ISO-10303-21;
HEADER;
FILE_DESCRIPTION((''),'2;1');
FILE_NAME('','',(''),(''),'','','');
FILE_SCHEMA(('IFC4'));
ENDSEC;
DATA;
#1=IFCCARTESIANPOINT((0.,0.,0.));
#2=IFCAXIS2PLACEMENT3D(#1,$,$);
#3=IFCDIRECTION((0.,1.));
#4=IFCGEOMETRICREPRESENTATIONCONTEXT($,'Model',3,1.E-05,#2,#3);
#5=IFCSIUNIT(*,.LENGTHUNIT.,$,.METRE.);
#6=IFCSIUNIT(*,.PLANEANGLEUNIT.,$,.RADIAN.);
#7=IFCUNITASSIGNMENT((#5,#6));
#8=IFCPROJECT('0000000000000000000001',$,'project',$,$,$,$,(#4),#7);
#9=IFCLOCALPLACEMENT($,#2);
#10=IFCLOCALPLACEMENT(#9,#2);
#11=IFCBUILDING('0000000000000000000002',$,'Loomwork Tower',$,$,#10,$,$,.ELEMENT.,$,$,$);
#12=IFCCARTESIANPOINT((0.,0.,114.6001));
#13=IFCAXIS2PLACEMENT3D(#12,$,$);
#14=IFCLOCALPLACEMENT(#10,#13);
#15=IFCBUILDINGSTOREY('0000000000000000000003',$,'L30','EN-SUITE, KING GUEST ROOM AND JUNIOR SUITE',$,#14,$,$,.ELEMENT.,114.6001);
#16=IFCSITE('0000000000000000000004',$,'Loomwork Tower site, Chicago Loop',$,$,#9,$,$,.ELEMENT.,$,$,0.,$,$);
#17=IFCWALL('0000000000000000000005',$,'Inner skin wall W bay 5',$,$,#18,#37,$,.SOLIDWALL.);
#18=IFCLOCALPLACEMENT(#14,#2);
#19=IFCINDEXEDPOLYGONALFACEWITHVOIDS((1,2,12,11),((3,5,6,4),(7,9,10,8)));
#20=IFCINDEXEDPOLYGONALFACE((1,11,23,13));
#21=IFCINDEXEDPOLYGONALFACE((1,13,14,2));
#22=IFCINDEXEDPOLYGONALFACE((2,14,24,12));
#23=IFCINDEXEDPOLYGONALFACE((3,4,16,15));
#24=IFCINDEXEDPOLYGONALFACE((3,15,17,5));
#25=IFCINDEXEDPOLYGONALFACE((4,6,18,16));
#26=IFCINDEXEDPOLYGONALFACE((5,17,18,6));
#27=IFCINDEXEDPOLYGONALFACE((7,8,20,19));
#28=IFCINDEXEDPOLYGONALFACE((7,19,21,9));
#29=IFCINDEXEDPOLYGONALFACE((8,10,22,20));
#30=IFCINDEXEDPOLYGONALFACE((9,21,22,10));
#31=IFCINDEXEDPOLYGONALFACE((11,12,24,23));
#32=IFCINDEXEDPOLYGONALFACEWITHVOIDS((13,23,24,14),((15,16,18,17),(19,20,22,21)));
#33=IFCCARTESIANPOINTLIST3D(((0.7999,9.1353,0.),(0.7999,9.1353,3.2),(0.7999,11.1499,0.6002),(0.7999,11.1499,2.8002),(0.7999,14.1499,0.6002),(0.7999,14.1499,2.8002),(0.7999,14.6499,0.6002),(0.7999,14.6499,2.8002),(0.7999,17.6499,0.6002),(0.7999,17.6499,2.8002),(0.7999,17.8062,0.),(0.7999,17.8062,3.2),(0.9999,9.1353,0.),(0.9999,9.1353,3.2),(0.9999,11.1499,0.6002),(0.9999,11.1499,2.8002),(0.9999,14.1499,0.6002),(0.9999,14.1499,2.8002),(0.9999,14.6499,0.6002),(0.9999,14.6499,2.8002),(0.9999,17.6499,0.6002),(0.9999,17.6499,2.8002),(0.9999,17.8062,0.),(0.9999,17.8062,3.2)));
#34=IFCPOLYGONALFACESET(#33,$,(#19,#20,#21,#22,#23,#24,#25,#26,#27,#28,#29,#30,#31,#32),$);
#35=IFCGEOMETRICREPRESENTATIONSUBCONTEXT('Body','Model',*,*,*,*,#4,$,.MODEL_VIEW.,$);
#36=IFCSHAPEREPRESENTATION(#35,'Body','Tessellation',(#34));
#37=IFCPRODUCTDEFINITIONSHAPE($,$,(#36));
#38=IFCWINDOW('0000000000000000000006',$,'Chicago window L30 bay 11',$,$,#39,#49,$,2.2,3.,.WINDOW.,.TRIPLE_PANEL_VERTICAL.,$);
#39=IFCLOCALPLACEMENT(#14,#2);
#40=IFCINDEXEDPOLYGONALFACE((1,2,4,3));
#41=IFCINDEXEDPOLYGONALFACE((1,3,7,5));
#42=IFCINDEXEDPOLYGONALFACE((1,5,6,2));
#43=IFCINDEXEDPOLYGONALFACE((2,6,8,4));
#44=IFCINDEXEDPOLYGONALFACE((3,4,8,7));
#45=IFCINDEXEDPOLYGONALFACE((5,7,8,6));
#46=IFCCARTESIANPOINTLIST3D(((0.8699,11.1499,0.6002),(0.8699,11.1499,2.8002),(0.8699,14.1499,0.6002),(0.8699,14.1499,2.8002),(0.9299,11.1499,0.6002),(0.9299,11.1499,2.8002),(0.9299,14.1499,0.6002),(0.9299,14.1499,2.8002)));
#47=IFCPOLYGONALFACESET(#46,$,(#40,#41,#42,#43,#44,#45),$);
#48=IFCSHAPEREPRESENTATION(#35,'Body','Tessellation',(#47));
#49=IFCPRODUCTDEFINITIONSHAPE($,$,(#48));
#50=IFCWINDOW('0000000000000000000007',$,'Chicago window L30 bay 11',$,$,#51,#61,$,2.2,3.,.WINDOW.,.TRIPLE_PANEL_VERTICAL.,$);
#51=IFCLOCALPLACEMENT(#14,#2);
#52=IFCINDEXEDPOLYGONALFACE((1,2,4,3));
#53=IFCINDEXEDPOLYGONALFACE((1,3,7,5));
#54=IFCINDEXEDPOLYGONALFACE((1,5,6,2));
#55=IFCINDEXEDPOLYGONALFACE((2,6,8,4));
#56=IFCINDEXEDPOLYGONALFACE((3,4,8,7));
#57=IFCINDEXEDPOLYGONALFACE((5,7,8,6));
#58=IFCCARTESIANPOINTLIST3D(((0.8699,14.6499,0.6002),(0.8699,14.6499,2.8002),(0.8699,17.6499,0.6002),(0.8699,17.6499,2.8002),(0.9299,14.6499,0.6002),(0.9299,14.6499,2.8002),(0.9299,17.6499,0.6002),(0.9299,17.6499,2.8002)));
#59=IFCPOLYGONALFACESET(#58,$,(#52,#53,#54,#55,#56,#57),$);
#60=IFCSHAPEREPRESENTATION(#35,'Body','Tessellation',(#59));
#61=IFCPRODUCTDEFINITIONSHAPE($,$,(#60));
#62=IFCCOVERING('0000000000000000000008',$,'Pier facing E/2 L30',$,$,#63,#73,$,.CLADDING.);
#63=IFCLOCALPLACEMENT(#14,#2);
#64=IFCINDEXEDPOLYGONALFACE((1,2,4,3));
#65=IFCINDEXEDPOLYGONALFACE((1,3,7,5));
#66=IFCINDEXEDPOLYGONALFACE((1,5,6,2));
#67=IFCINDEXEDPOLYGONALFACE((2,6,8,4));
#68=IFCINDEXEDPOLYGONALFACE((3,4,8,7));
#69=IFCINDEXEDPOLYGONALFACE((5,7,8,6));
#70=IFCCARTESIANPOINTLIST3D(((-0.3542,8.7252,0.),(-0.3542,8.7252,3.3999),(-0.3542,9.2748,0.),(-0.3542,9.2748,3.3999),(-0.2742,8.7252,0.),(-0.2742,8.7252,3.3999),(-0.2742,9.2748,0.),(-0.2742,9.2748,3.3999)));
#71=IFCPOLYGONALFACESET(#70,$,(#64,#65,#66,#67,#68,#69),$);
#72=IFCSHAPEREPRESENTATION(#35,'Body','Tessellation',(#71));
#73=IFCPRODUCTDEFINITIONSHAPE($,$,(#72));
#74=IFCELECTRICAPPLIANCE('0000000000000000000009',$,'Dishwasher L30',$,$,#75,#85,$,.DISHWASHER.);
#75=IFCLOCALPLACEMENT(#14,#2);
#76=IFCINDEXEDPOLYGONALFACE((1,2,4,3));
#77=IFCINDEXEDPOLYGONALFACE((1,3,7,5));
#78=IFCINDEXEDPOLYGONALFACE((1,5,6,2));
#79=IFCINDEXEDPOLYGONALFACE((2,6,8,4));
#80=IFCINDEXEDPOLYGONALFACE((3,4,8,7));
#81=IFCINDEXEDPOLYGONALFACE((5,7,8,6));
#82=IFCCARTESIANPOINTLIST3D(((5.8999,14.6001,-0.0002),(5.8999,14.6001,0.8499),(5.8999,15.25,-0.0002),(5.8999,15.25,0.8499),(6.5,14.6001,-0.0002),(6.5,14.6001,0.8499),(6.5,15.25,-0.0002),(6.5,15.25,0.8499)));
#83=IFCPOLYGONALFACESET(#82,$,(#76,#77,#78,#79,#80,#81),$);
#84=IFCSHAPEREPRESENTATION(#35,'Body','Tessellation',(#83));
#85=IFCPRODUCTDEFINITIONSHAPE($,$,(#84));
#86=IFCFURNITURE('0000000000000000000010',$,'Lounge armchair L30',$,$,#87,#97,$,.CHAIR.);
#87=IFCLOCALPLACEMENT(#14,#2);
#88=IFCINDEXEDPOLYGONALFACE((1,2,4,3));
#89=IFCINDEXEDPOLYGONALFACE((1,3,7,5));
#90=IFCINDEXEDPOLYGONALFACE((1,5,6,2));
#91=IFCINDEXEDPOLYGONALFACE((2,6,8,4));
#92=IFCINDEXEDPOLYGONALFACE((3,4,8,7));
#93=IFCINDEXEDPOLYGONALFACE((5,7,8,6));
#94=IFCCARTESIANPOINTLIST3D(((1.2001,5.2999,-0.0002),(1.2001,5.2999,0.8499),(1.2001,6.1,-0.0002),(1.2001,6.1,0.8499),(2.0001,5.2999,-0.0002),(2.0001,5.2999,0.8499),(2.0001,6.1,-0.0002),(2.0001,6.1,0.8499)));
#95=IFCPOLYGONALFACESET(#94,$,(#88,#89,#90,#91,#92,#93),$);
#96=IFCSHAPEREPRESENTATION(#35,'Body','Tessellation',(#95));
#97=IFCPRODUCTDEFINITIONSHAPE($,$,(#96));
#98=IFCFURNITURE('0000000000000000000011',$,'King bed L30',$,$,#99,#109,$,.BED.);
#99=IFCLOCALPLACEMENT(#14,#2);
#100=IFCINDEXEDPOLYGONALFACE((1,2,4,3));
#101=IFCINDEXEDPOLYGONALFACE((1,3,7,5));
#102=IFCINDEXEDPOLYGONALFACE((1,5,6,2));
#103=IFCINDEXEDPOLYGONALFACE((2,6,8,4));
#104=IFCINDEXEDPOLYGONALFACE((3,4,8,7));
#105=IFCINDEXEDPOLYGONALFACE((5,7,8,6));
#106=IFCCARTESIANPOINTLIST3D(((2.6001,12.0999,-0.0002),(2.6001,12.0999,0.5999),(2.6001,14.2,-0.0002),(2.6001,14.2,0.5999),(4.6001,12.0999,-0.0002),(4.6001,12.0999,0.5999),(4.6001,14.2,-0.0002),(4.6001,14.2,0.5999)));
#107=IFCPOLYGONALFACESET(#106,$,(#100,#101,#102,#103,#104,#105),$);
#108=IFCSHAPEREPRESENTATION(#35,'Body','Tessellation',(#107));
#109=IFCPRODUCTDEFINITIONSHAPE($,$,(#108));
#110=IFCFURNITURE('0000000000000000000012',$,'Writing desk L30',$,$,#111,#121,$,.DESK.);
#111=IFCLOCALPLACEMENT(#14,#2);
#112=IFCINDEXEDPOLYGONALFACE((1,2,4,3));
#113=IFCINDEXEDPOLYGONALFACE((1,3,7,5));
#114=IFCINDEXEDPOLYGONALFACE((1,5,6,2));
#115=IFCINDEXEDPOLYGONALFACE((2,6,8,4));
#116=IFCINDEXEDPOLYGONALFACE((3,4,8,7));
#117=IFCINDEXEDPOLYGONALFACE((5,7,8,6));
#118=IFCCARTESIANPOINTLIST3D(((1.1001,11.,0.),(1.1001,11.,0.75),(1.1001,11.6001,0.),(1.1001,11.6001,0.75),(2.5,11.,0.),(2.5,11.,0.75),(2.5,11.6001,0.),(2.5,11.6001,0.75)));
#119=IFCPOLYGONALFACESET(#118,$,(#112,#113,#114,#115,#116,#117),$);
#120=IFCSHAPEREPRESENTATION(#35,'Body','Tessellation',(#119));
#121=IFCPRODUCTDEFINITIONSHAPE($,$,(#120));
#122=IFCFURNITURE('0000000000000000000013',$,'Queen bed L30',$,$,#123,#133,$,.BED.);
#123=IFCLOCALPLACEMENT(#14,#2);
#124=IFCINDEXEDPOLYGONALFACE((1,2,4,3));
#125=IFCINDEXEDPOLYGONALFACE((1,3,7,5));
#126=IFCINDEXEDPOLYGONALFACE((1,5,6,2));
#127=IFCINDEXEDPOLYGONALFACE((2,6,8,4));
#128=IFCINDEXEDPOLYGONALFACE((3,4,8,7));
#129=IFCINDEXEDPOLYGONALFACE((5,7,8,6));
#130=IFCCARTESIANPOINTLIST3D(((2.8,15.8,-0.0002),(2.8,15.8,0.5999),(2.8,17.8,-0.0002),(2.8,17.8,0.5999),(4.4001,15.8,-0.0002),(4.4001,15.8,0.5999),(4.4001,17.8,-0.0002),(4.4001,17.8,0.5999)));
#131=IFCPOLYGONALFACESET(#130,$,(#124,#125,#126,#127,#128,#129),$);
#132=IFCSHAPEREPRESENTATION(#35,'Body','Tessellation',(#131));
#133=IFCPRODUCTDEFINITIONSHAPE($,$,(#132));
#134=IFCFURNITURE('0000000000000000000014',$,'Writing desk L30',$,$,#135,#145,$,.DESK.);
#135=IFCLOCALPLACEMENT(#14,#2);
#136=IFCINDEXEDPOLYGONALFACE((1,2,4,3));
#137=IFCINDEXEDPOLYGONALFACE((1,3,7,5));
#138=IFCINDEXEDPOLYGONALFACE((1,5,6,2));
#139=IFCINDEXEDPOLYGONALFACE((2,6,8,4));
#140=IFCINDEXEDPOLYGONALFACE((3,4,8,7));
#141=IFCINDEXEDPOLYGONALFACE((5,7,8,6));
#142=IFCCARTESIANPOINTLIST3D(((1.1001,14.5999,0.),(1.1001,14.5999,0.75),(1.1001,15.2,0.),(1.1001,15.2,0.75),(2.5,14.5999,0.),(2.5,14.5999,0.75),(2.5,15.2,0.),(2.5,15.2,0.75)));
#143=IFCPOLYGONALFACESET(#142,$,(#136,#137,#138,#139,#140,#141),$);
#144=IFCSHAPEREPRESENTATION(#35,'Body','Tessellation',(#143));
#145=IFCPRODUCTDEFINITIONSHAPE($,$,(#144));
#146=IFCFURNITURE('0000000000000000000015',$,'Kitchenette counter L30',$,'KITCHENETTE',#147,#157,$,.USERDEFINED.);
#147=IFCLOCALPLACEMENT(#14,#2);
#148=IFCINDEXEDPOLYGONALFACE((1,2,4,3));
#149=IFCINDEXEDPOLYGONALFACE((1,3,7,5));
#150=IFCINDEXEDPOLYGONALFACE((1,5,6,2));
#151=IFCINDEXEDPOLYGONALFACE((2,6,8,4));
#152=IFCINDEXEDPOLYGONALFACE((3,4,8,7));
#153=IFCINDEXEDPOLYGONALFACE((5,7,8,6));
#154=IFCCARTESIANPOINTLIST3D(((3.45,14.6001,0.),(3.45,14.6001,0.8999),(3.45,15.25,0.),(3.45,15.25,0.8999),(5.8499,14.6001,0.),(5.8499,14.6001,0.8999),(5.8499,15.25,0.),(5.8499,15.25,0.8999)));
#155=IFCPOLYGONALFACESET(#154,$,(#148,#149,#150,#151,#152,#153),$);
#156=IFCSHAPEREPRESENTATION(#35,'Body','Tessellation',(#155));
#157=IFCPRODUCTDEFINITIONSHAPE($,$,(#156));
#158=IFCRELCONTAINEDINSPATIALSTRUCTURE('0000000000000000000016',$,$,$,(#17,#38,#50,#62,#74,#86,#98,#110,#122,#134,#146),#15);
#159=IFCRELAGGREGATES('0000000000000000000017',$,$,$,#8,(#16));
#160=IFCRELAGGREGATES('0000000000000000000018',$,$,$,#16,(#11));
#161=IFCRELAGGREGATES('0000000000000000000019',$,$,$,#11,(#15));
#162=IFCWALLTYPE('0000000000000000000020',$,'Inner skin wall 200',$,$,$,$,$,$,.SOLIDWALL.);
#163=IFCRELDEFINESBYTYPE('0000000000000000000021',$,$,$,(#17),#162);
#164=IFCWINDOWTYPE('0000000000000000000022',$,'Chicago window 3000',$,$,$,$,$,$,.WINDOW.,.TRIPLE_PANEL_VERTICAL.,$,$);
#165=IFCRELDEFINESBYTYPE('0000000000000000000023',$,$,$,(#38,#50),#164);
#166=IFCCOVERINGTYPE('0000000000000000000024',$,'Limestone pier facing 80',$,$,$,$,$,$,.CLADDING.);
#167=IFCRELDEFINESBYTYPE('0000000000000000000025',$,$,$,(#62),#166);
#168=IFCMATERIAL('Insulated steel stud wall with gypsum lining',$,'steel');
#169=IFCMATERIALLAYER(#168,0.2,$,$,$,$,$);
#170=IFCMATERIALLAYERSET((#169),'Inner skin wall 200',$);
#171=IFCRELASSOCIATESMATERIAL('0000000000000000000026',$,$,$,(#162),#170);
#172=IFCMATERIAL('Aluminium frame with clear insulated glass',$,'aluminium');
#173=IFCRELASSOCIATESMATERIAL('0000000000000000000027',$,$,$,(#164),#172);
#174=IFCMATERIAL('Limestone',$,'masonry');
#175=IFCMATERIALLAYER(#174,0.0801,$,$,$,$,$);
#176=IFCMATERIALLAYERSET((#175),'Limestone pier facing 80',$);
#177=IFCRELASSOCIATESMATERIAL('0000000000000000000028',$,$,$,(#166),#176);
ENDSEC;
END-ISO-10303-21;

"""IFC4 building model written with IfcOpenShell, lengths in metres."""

from ifc_helpers import new_model, si_unit, direction, frame, frame_2d, origin, origin_2d, place, context, subcontext, project, spatial, rectangle, extrude, material, layer, layer_set, type_object, element, fill, save


model = new_model("IFC4")

# Units and contexts
model_context = context("Model", 3, precision=1e-05, world=origin(), true_north=direction((0.0, 1.0)))
body_context = subcontext(model_context, "Body", "Model", "MODEL_VIEW")
ifc_project = project(units=[si_unit("LENGTHUNIT", "METRE"), si_unit("PLANEANGLEUNIT", "RADIAN")], contexts=[model_context])

# Site, building, storey
site_placement = place(None, origin())
site = spatial("IfcSite", under=ifc_project, at=site_placement, Name="Loomwork Tower site, Chicago Loop", CompositionType="ELEMENT", RefElevation=0.0)
building_placement = place(site_placement, origin())
building = spatial("IfcBuilding", under=site, at=building_placement, Name="Loomwork Tower", CompositionType="ELEMENT")
storey_placement = place(building_placement, frame((0.0, 0.0, 114.6001)))
storey = spatial("IfcBuildingStorey", under=building, at=storey_placement, Name="L30", Description="EN-SUITE, KING GUEST ROOM AND JUNIOR SUITE", CompositionType="ELEMENT", Elevation=114.6001)

# Shared definitions
ifc_material_1 = material(Name="Insulated steel stud wall with gypsum lining", Category="steel")
ifc_layer_1 = layer(ifc_material_1, 0.2)
ifc_layer_set_1 = layer_set([ifc_layer_1], Name="Inner skin wall 200")
wall_type_1 = type_object("IfcWallType", Name="Inner skin wall 200", PredefinedType="SOLIDWALL", material=ifc_layer_set_1)

# Wall, openings, windows
wall_1_placement = place(storey_placement, frame((0.8999, 9.1353, 0.0), z_axis=(0.0, 0.0, 1.0), x_axis=(0.0, 1.0, 0.0)))
wall_1 = element("IfcWall", 1, at=wall_1_placement, inside=storey, type_object=wall_type_1, Name="Inner skin wall W bay 5", PredefinedType="SOLIDWALL", context=body_context, shape_type="SweptSolid", body=[
    extrude(rectangle(XDim=8.6709, YDim=0.2, at=frame_2d((4.3354, 0.0))), origin(), (0.0, 0.0, 1.0), 3.2),
])
opening_1_placement = place(wall_1_placement, frame((2.0146, 0.0, 0.6001)))
opening_1 = element("IfcOpeningElement", 2, at=opening_1_placement, cuts=wall_1, PredefinedType="OPENING", context=body_context, shape_type="SweptSolid", body=[
    extrude(rectangle(XDim=3.0, YDim=2.2, at=frame_2d((1.5, 1.1001))), frame((0.0, 0.1099, 0.0), z_axis=(0.0, -1.0, 0.0), x_axis=(1.0, 0.0, 0.0)), (0.0, 0.0, 1.0), 0.22),
])
opening_2_placement = place(wall_1_placement, frame((5.5146, 0.0, 0.6001)))
opening_2 = element("IfcOpeningElement", 3, at=opening_2_placement, cuts=wall_1, PredefinedType="OPENING", context=body_context, shape_type="SweptSolid", body=[
    extrude(rectangle(XDim=3.0, YDim=2.2, at=frame_2d((1.5, 1.1001))), frame((0.0, 0.1099, 0.0), z_axis=(0.0, -1.0, 0.0), x_axis=(1.0, 0.0, 0.0)), (0.0, 0.0, 1.0), 0.22),
])
ifc_material_2 = material(Name="Aluminium frame with clear insulated glass", Category="aluminium")
window_type = type_object("IfcWindowType", Name="Chicago window 3000", PartitioningType="TRIPLE_PANEL_VERTICAL", PredefinedType="WINDOW", material=ifc_material_2)
window_1_placement = place(opening_1_placement, origin())
window_1 = element("IfcWindow", 4, at=window_1_placement, inside=storey, type_object=window_type, Name="Chicago window L30 bay 11", OverallHeight=2.2, OverallWidth=3.0, PartitioningType="TRIPLE_PANEL_VERTICAL", PredefinedType="WINDOW", context=body_context, shape_type="SweptSolid", body=[
    extrude(rectangle(XDim=3.0, YDim=2.2, at=frame_2d((1.5, 1.1001))), frame((0.0, 0.03, 0.0), z_axis=(0.0, -1.0, 0.0), x_axis=(1.0, 0.0, 0.0)), (0.0, 0.0, 1.0), 0.0601),
])
fill(opening_1, window_1)
window_2_placement = place(opening_2_placement, origin())
window_2 = element("IfcWindow", 5, at=window_2_placement, inside=storey, type_object=window_type, Name="Chicago window L30 bay 11", OverallHeight=2.2, OverallWidth=3.0, PartitioningType="TRIPLE_PANEL_VERTICAL", PredefinedType="WINDOW", context=body_context, shape_type="SweptSolid", body=[
    extrude(rectangle(XDim=3.0, YDim=2.2, at=frame_2d((1.5, 1.1001))), frame((0.0, 0.03, 0.0), z_axis=(0.0, -1.0, 0.0), x_axis=(1.0, 0.0, 0.0)), (0.0, 0.0, 1.0), 0.0601),
])
fill(opening_2, window_2)

# Covering
ifc_material_3 = material(Name="Limestone", Category="masonry")
ifc_layer_2 = layer(ifc_material_3, 0.0801)
ifc_layer_set_2 = layer_set([ifc_layer_2], Name="Limestone pier facing 80")
covering_type = type_object("IfcCoveringType", Name="Limestone pier facing 80", PredefinedType="CLADDING", material=ifc_layer_set_2)
covering_placement = place(storey_placement, frame((-0.3142, 9.0, 0.0), z_axis=(0.0, 0.0, 1.0), x_axis=(1.0, 0.0, 0.0)))
element("IfcCovering", 6, at=covering_placement, inside=storey, type_object=covering_type, Name="Pier facing E/2 L30", PredefinedType="CLADDING", context=body_context, shape_type="SweptSolid", body=[
    extrude(rectangle(XDim=0.0801, YDim=0.5496, at=origin_2d()), origin(), (0.0, 0.0, 1.0), 3.3999),
])

# Electric appliance
electric_appliance_placement = place(storey_placement, frame((6.2, 14.925, -0.0002), z_axis=(0.0, 0.0, 1.0), x_axis=(1.0, 0.0, 0.0)))
element("IfcElectricAppliance", 7, at=electric_appliance_placement, inside=storey, Name="Dishwasher L30", PredefinedType="DISHWASHER", context=body_context, shape_type="SweptSolid", body=[
    extrude(rectangle(XDim=0.6001, YDim=0.6499, at=origin_2d()), origin(), (0.0, 0.0, 1.0), 0.8501),
])

# Furniture
furniture_1_placement = place(storey_placement, frame((1.6001, 5.7, -0.0002), z_axis=(0.0, 0.0, 1.0), x_axis=(1.0, 0.0, 0.0)))
element("IfcFurniture", 8, at=furniture_1_placement, inside=storey, Name="Lounge armchair L30", PredefinedType="CHAIR", context=body_context, shape_type="SweptSolid", body=[
    extrude(rectangle(XDim=0.8, YDim=0.8, at=origin_2d()), origin(), (0.0, 0.0, 1.0), 0.8501),
])
furniture_2_placement = place(storey_placement, frame((3.6001, 13.1499, -0.0002), z_axis=(0.0, 0.0, 1.0), x_axis=(1.0, 0.0, 0.0)))
element("IfcFurniture", 9, at=furniture_2_placement, inside=storey, Name="King bed L30", PredefinedType="BED", context=body_context, shape_type="SweptSolid", body=[
    extrude(rectangle(XDim=2.0, YDim=2.1001, at=origin_2d()), origin(), (0.0, 0.0, 1.0), 0.6001),
])
furniture_3_placement = place(storey_placement, frame((1.8, 11.3, 0.0), z_axis=(0.0, 0.0, 1.0), x_axis=(1.0, 0.0, 0.0)))
element("IfcFurniture", 10, at=furniture_3_placement, inside=storey, Name="Writing desk L30", PredefinedType="DESK", context=body_context, shape_type="SweptSolid", body=[
    extrude(rectangle(XDim=1.3999, YDim=0.6001, at=origin_2d()), origin(), (0.0, 0.0, 1.0), 0.75),
])
furniture_4_placement = place(storey_placement, frame((3.6001, 16.8, -0.0002), z_axis=(0.0, 0.0, 1.0), x_axis=(1.0, 0.0, 0.0)))
element("IfcFurniture", 11, at=furniture_4_placement, inside=storey, Name="Queen bed L30", PredefinedType="BED", context=body_context, shape_type="SweptSolid", body=[
    extrude(rectangle(XDim=1.6001, YDim=2.0, at=origin_2d()), origin(), (0.0, 0.0, 1.0), 0.6001),
])
furniture_5_placement = place(storey_placement, frame((1.8, 14.8999, 0.0), z_axis=(0.0, 0.0, 1.0), x_axis=(1.0, 0.0, 0.0)))
element("IfcFurniture", 12, at=furniture_5_placement, inside=storey, Name="Writing desk L30", PredefinedType="DESK", context=body_context, shape_type="SweptSolid", body=[
    extrude(rectangle(XDim=1.3999, YDim=0.6001, at=origin_2d()), origin(), (0.0, 0.0, 1.0), 0.75),
])
furniture_6_placement = place(storey_placement, frame((4.6499, 14.925, 0.0), z_axis=(0.0, 0.0, 1.0), x_axis=(1.0, 0.0, 0.0)))
element("IfcFurniture", 13, at=furniture_6_placement, inside=storey, Name="Kitchenette counter L30", ObjectType="KITCHENETTE", PredefinedType="USERDEFINED", context=body_context, shape_type="SweptSolid", body=[
    extrude(rectangle(XDim=2.3999, YDim=0.6499, at=origin_2d()), origin(), (0.0, 0.0, 1.0), 0.8999),
])

save(model, "model.ifc")
